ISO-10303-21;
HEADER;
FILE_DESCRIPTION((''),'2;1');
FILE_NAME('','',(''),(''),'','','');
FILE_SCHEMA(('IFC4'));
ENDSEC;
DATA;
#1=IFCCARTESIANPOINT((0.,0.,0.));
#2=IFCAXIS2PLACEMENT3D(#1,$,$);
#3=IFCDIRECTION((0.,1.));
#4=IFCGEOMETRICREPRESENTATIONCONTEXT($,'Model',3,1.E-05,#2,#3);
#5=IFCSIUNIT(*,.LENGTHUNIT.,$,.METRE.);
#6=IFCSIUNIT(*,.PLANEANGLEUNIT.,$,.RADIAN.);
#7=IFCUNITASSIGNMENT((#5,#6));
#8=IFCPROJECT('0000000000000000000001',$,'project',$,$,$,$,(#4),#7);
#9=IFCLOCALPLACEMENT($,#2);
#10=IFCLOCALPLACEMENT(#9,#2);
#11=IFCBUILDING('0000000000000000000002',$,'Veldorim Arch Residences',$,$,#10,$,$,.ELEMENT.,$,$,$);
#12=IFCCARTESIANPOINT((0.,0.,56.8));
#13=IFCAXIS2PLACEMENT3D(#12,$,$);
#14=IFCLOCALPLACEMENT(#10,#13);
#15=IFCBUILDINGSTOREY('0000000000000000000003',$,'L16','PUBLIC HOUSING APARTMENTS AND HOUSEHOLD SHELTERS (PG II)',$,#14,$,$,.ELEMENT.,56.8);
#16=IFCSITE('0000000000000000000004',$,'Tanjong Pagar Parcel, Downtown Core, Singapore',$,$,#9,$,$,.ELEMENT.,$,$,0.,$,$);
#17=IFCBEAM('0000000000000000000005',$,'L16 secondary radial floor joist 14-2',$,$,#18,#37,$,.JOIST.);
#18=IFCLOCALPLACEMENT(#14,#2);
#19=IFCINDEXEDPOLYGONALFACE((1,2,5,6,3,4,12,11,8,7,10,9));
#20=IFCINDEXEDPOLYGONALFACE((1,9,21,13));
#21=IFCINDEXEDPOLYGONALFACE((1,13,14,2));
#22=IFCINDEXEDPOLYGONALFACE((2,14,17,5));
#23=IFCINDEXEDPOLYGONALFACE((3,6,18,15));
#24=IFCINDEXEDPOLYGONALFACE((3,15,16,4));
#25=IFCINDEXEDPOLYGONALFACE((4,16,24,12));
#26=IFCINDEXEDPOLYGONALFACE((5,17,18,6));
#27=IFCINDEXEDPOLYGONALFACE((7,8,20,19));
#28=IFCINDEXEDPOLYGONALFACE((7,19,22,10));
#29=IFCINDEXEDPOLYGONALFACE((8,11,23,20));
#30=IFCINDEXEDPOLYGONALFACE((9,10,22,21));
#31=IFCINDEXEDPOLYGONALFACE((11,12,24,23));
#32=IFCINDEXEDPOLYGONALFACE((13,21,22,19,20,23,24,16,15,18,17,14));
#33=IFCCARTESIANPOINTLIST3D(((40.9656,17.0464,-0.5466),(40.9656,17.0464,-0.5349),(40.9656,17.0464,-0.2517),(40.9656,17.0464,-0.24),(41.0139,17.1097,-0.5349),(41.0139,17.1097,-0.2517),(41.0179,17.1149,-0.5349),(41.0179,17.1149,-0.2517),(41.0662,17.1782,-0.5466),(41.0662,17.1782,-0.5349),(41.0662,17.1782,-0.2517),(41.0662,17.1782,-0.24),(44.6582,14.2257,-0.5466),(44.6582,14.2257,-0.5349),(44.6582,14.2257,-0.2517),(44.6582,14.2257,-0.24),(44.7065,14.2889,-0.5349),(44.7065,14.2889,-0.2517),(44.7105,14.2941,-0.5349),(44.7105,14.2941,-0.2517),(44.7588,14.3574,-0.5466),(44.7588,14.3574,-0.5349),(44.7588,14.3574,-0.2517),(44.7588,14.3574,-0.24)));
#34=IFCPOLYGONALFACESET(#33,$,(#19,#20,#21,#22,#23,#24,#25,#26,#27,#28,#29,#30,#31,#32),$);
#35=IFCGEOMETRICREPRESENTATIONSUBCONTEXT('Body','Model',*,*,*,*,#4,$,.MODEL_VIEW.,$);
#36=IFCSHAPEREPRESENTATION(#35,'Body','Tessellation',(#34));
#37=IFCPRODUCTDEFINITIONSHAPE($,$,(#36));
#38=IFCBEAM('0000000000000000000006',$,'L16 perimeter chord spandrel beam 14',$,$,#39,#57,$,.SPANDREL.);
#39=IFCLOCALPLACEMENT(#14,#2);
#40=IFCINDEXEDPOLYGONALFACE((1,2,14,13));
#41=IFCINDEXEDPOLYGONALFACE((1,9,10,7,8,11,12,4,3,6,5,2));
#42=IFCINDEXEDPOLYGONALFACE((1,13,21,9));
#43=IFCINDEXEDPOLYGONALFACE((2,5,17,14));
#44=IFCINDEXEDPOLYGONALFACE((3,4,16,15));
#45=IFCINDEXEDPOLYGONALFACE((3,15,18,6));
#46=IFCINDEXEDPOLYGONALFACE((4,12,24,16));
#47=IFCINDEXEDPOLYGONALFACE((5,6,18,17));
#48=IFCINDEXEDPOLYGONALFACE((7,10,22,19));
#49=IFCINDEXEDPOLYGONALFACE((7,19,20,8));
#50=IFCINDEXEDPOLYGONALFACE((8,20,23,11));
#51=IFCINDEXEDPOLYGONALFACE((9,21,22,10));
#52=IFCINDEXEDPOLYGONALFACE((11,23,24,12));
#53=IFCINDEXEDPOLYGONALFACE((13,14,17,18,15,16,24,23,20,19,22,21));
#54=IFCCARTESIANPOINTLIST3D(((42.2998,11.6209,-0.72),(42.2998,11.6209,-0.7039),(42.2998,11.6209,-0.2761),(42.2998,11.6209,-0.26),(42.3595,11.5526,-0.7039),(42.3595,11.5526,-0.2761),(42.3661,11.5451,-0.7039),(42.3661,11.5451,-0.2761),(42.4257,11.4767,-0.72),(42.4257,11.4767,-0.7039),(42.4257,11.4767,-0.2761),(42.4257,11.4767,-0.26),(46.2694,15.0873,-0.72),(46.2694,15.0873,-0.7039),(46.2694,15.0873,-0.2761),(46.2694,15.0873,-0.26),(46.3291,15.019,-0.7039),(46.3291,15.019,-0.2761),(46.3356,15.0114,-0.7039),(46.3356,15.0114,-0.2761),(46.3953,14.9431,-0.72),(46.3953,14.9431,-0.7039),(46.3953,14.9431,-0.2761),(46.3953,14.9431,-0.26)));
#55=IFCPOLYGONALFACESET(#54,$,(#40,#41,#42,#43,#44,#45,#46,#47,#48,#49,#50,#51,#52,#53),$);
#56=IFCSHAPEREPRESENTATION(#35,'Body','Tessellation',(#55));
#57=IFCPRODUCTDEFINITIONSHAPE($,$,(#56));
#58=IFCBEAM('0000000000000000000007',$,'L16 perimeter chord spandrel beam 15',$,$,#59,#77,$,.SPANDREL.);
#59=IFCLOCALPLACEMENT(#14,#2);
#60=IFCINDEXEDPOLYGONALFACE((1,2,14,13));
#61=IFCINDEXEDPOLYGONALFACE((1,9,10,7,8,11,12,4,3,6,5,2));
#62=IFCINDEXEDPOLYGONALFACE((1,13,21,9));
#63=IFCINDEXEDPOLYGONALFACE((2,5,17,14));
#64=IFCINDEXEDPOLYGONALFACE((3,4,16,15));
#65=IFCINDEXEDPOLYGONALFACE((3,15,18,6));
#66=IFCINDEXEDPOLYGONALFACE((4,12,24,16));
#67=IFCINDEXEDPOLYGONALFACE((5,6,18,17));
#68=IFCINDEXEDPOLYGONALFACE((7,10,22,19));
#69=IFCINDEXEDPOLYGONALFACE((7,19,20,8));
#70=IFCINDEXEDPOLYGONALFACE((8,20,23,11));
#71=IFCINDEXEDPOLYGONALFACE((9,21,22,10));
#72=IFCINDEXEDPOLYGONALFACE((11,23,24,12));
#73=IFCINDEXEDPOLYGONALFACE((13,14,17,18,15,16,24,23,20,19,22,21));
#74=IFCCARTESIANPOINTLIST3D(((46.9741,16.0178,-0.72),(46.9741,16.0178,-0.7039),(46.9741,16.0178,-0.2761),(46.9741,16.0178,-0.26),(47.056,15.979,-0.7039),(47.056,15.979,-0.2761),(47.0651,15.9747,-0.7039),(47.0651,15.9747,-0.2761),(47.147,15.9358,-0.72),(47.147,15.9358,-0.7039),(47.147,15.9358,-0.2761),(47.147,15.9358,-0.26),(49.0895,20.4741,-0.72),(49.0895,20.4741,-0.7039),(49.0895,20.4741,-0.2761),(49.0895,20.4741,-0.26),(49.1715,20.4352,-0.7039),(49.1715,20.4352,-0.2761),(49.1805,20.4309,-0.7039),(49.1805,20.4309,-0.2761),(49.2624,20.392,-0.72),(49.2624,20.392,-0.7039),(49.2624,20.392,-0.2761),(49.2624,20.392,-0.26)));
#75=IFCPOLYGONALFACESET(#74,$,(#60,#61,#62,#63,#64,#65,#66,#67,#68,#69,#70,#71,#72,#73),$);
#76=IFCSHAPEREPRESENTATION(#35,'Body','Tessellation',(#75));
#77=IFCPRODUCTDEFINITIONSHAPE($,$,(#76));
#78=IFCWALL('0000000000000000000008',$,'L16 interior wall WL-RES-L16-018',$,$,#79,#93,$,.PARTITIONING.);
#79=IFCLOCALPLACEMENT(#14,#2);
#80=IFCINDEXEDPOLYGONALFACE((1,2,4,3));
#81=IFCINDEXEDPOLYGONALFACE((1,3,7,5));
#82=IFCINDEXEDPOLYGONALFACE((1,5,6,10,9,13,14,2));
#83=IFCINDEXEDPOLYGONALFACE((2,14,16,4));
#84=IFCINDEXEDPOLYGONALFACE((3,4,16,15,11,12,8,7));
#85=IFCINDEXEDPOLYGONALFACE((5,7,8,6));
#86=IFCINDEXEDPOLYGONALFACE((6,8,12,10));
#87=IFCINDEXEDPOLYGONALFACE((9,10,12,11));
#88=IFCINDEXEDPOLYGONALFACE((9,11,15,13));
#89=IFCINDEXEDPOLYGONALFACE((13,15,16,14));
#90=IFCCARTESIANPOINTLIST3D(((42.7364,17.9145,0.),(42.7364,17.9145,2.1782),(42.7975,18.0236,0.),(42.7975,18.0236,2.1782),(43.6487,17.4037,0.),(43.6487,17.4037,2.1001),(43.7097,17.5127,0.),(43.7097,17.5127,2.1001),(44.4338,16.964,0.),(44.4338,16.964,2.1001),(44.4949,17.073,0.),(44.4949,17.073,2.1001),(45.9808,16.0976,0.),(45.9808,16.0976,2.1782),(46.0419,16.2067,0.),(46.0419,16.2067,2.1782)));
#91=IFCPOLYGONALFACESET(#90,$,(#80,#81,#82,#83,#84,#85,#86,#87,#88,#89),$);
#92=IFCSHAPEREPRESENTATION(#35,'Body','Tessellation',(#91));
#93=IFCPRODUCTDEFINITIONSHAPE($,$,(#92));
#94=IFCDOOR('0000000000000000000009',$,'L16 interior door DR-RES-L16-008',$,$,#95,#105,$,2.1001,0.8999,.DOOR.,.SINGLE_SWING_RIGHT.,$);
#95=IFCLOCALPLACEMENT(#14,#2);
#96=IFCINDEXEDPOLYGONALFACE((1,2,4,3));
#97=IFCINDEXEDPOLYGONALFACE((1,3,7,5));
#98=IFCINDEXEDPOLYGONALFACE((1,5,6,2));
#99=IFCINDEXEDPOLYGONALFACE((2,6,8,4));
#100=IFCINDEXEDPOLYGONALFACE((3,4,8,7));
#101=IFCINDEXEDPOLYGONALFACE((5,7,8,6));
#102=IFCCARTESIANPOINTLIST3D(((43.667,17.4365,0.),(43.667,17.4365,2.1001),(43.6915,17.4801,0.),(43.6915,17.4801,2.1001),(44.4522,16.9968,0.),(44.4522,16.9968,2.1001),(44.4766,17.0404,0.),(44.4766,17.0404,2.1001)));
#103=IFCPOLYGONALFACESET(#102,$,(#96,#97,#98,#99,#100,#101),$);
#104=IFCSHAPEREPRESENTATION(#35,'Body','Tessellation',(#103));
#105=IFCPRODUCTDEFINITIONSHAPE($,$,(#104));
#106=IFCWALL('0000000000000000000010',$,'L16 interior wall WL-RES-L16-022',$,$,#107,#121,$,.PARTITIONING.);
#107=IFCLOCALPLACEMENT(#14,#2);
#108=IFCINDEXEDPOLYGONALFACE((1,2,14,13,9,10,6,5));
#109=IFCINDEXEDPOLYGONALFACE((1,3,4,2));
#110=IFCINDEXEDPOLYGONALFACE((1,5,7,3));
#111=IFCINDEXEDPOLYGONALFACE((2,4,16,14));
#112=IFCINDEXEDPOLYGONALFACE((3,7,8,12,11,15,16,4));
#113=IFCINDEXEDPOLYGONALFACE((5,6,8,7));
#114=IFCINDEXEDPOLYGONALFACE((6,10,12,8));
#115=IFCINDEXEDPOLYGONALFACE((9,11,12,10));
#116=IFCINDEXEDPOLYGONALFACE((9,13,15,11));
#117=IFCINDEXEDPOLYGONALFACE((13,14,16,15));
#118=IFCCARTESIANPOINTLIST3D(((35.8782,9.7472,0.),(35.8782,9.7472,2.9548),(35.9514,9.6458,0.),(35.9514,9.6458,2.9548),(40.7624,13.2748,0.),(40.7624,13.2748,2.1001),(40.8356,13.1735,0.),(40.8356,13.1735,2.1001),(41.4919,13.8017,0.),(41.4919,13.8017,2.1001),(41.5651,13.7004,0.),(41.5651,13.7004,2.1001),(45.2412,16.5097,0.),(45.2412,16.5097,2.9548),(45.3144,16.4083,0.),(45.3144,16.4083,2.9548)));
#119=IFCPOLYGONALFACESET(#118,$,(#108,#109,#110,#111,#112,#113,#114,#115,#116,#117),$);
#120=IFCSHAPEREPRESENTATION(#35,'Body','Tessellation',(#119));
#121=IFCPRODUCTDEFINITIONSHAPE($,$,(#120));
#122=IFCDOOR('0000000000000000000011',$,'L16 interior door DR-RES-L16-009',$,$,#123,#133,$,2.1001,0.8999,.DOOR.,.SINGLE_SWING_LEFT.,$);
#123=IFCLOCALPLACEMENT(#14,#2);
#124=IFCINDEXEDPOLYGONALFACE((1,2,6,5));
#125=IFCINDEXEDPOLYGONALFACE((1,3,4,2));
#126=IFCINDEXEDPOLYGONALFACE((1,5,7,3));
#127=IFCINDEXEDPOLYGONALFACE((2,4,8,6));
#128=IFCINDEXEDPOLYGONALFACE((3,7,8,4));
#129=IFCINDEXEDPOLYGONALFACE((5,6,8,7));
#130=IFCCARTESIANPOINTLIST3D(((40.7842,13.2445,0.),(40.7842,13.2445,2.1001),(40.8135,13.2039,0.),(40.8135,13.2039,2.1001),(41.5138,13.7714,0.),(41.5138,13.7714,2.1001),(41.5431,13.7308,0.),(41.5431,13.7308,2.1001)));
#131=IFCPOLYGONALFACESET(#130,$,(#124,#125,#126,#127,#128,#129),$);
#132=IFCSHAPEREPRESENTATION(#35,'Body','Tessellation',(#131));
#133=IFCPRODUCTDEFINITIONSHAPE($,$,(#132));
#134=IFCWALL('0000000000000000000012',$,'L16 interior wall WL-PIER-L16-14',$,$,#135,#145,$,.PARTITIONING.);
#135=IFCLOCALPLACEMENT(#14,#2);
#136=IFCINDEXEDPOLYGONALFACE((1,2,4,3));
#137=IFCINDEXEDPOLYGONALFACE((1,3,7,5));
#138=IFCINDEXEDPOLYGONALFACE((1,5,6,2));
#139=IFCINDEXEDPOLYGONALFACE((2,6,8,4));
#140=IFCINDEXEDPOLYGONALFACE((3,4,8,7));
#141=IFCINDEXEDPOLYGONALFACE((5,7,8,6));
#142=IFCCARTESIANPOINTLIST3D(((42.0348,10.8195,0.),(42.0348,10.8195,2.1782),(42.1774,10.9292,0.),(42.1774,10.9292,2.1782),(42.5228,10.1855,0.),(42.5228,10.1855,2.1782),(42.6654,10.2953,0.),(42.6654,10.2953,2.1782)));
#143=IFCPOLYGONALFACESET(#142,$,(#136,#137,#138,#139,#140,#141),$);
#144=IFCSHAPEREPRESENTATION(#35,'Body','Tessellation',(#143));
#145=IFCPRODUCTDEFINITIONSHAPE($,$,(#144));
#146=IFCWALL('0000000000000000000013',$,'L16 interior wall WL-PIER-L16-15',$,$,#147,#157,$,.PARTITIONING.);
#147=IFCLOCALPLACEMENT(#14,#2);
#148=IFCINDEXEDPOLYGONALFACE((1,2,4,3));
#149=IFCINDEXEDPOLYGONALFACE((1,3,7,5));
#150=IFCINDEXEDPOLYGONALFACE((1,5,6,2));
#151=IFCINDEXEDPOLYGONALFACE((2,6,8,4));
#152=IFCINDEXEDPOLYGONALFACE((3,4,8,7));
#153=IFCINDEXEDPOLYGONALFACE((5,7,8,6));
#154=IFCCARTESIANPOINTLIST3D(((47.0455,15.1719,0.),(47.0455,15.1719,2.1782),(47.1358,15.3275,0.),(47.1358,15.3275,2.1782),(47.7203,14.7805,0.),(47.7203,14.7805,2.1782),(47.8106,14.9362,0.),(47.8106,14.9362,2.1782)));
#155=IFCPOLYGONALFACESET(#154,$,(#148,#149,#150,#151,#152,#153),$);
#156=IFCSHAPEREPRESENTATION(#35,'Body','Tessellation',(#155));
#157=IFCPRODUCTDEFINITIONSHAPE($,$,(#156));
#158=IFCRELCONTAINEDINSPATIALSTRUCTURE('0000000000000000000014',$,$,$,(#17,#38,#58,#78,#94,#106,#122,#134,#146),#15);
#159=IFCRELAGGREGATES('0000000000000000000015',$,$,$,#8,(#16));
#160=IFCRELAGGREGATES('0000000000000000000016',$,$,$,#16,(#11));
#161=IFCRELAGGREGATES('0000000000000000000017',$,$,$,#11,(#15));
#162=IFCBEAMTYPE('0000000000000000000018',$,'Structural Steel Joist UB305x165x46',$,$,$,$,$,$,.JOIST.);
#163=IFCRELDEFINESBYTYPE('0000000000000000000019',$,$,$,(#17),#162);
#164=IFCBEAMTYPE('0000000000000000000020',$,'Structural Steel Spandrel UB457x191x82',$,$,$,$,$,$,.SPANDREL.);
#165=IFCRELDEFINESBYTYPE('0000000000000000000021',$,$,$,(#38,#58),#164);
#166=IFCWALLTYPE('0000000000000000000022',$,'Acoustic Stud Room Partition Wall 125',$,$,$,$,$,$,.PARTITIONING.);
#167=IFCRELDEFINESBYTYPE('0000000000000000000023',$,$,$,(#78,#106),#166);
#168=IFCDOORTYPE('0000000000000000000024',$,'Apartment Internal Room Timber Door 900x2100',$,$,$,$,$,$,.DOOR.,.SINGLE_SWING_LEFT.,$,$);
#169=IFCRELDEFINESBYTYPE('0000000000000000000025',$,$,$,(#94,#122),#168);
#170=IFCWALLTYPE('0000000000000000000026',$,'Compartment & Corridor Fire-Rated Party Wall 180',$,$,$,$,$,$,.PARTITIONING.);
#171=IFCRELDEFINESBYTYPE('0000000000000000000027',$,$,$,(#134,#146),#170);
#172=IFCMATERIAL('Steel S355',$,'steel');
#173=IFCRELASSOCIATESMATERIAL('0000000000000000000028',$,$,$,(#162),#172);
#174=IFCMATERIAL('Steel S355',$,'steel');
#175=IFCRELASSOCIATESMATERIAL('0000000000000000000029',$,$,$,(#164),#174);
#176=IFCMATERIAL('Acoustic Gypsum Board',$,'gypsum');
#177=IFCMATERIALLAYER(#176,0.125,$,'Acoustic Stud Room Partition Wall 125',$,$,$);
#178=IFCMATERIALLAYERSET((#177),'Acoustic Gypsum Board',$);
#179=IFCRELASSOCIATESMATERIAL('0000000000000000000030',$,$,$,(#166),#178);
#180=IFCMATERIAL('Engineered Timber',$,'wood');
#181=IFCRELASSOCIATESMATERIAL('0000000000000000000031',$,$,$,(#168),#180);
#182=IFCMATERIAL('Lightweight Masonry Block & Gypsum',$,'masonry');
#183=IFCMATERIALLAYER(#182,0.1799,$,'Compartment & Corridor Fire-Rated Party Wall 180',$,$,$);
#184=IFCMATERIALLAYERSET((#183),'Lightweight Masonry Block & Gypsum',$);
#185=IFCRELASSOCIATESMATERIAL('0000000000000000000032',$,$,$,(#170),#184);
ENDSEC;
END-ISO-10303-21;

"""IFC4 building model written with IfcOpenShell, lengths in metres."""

from ifc_helpers import new_model, si_unit, direction, frame, frame_2d, origin, origin_2d, place, context, subcontext, project, spatial, rectangle, i_section, extrude, material, layer, layer_set, material_profile, profile_set, type_object, element, fill, save


model = new_model("IFC4")

# Units and contexts
model_context = context("Model", 3, precision=1e-05, world=origin(), true_north=direction((0.0, 1.0)))
body_context = subcontext(model_context, "Body", "Model", "MODEL_VIEW")
ifc_project = project(units=[si_unit("LENGTHUNIT", "METRE"), si_unit("PLANEANGLEUNIT", "RADIAN")], contexts=[model_context])

# Site, building, storey
site_placement = place(None, origin())
site = spatial("IfcSite", under=ifc_project, at=site_placement, Name="Tanjong Pagar Parcel, Downtown Core, Singapore", CompositionType="ELEMENT", RefElevation=0.0)
building_placement = place(site_placement, origin())
building = spatial("IfcBuilding", under=site, at=building_placement, Name="Veldorim Arch Residences", CompositionType="ELEMENT")
storey_placement = place(building_placement, frame((0.0, 0.0, 56.8)))
storey = spatial("IfcBuildingStorey", under=building, at=storey_placement, Name="L16", Description="PUBLIC HOUSING APARTMENTS AND HOUSEHOLD SHELTERS (PG II)", CompositionType="ELEMENT", Elevation=56.8)

# Beams
ifc_material_1 = material(Name="Steel S355", Category="steel")
ifc_material_profile_1 = material_profile(ifc_material_1, i_section(OverallWidth=0.1658, OverallDepth=0.3066, WebThickness=0.0066, FlangeThickness=0.0117, at=origin_2d()), Name="UB305x165x46")
ifc_profile_set_1 = profile_set([ifc_material_profile_1], Name="Steel S355")
beam_type_1 = type_object("IfcBeamType", Name="Structural Steel Joist UB305x165x46", PredefinedType="JOIST", material=ifc_profile_set_1)
beam_1_placement = place(storey_placement, frame((41.0159, 17.1123, -0.3933), z_axis=(0.794666, -0.607046, 0.0), x_axis=(0.607046, 0.794666, 0.0)))
element("IfcBeam", 1, at=beam_1_placement, inside=storey, type_object=beam_type_1, Name="L16 secondary radial floor joist 14-2", PredefinedType="JOIST", context=body_context, shape_type="SweptSolid", body=[
    extrude(i_section(OverallWidth=0.1658, OverallDepth=0.3066, WebThickness=0.0066, FlangeThickness=0.0117, at=origin_2d()), origin(), (0.0, 0.0, 1.0), 4.6467),
])
ifc_material_2 = material(Name="Steel S355", Category="steel")
ifc_material_profile_2 = material_profile(ifc_material_2, i_section(OverallWidth=0.1914, OverallDepth=0.46, WebThickness=0.01, FlangeThickness=0.0161, at=origin_2d()), Name="UB457x191x82")
ifc_profile_set_2 = profile_set([ifc_material_profile_2], Name="Steel S355")
beam_type_2 = type_object("IfcBeamType", Name="Structural Steel Spandrel UB457x191x82", PredefinedType="SPANDREL", material=ifc_profile_set_2)
beam_2_placement = place(storey_placement, frame((42.3628, 11.5488, -0.49), z_axis=(0.753234, 0.657753, 0.0), x_axis=(-0.657753, 0.753234, 0.0)))
element("IfcBeam", 2, at=beam_2_placement, inside=storey, type_object=beam_type_2, Name="L16 perimeter chord spandrel beam 14", PredefinedType="SPANDREL", context=body_context, shape_type="SweptSolid", body=[
    extrude(i_section(OverallWidth=0.1914, OverallDepth=0.46, WebThickness=0.01, FlangeThickness=0.0161, at=origin_2d()), origin(), (0.0, 0.0, 1.0), 5.27),
])
beam_3_placement = place(storey_placement, frame((47.0605, 15.9768, -0.49), z_axis=(0.428848, 0.903377, 0.0), x_axis=(-0.903377, 0.428848, 0.0)))
element("IfcBeam", 3, at=beam_3_placement, inside=storey, type_object=beam_type_2, Name="L16 perimeter chord spandrel beam 15", PredefinedType="SPANDREL", context=body_context, shape_type="SweptSolid", body=[
    extrude(i_section(OverallWidth=0.1914, OverallDepth=0.46, WebThickness=0.01, FlangeThickness=0.0161, at=origin_2d()), origin(), (0.0, 0.0, 1.0), 4.9329),
])

# Walls, openings, doors
ifc_material_3 = material(Name="Acoustic Gypsum Board", Category="gypsum")
ifc_layer_1 = layer(ifc_material_3, 0.125, Name="Acoustic Stud Room Partition Wall 125")
ifc_layer_set_1 = layer_set([ifc_layer_1], Name="Acoustic Gypsum Board")
wall_type_1 = type_object("IfcWallType", Name="Acoustic Stud Room Partition Wall 125", PredefinedType="PARTITIONING", material=ifc_layer_set_1)
wall_1_placement = place(storey_placement, frame((46.0115, 16.1521, 0.0), z_axis=(0.0, 0.0, 1.0), x_axis=(-0.872502, 0.488611, 0.0)))
wall_1 = element("IfcWall", 4, at=wall_1_placement, inside=storey, type_object=wall_type_1, Name="L16 interior wall WL-RES-L16-018", PredefinedType="PARTITIONING", context=body_context, shape_type="SweptSolid", body=[
    extrude(rectangle(XDim=3.7185, YDim=0.125, at=frame_2d((1.8594, 0.0))), origin(), (0.0, 0.0, 1.0), 2.1782),
])
opening_1_placement = place(wall_1_placement, frame((1.7732, 0.0, 0.0)))
opening_1 = element("IfcOpeningElement", 5, at=opening_1_placement, cuts=wall_1, PredefinedType="OPENING", context=body_context, shape_type="SweptSolid", body=[
    extrude(rectangle(XDim=0.8999, YDim=2.1001, at=frame_2d((0.45, 1.05))), frame((0.0, 0.0725, 0.0), z_axis=(0.0, -1.0, 0.0), x_axis=(1.0, 0.0, 0.0)), (0.0, 0.0, 1.0), 0.145),
])
ifc_material_4 = material(Name="Engineered Timber", Category="wood")
door_type_1 = type_object("IfcDoorType", Name="Apartment Internal Room Timber Door 900x2100", OperationType="SINGLE_SWING_LEFT", PredefinedType="DOOR", material=ifc_material_4)
door_1_placement = place(opening_1_placement, origin())
door_1 = element("IfcDoor", 6, at=door_1_placement, inside=storey, type_object=door_type_1, Name="L16 interior door DR-RES-L16-008", OperationType="SINGLE_SWING_RIGHT", OverallHeight=2.1001, OverallWidth=0.8999, PredefinedType="DOOR", context=body_context, shape_type="SweptSolid", body=[
    extrude(rectangle(XDim=0.8999, YDim=2.1001, at=frame_2d((0.45, 1.05))), frame((0.0, 0.0249, 0.0), z_axis=(0.0, -1.0, 0.0), x_axis=(1.0, 0.0, 0.0)), (0.0, 0.0, 1.0), 0.05),
])
fill(opening_1, door_1)
wall_2_placement = place(storey_placement, frame((45.2778, 16.459, 0.0), z_axis=(0.0, 0.0, 1.0), x_axis=(-0.810669, -0.585505, 0.0)))
wall_2 = element("IfcWall", 7, at=wall_2_placement, inside=storey, type_object=wall_type_1, Name="L16 interior wall WL-RES-L16-022", PredefinedType="PARTITIONING", context=body_context, shape_type="SweptSolid", body=[
    extrude(rectangle(XDim=11.5498, YDim=0.125, at=frame_2d((5.7749, 0.0))), origin(), (0.0, 0.0, 1.0), 2.9548),
])
opening_2_placement = place(wall_2_placement, frame((4.625, 0.0, 0.0)))
opening_2 = element("IfcOpeningElement", 8, at=opening_2_placement, cuts=wall_2, PredefinedType="OPENING", context=body_context, shape_type="SweptSolid", body=[
    extrude(rectangle(XDim=0.8999, YDim=2.1001, at=frame_2d((0.45, 1.05))), frame((0.0, 0.0725, 0.0), z_axis=(0.0, -1.0, 0.0), x_axis=(1.0, 0.0, 0.0)), (0.0, 0.0, 1.0), 0.145),
])
door_2_placement = place(opening_2_placement, origin())
door_2 = element("IfcDoor", 9, at=door_2_placement, inside=storey, type_object=door_type_1, Name="L16 interior door DR-RES-L16-009", OperationType="SINGLE_SWING_LEFT", OverallHeight=2.1001, OverallWidth=0.8999, PredefinedType="DOOR", context=body_context, shape_type="SweptSolid", body=[
    extrude(rectangle(XDim=0.8999, YDim=2.1001, at=frame_2d((0.45, 1.05))), frame((0.0, 0.0249, 0.0), z_axis=(0.0, -1.0, 0.0), x_axis=(1.0, 0.0, 0.0)), (0.0, 0.0, 1.0), 0.05),
])
fill(opening_2, door_2)

# Walls
ifc_material_5 = material(Name="Lightweight Masonry Block & Gypsum", Category="masonry")
ifc_layer_2 = layer(ifc_material_5, 0.1799, Name="Compartment & Corridor Fire-Rated Party Wall 180")
ifc_layer_set_2 = layer_set([ifc_layer_2], Name="Lightweight Masonry Block & Gypsum")
wall_type_2 = type_object("IfcWallType", Name="Compartment & Corridor Fire-Rated Party Wall 180", PredefinedType="PARTITIONING", material=ifc_layer_set_2)
wall_3_placement = place(storey_placement, frame((42.1062, 10.8743, 0.0), z_axis=(0.0, 0.0, 1.0), x_axis=(0.609961, -0.792431, 0.0)))
element("IfcWall", 10, at=wall_3_placement, inside=storey, type_object=wall_type_2, Name="L16 interior wall WL-PIER-L16-14", PredefinedType="PARTITIONING", context=body_context, shape_type="SweptSolid", body=[
    extrude(rectangle(XDim=0.8, YDim=0.1799, at=frame_2d((0.3999, 0.0))), origin(), (0.0, 0.0, 1.0), 2.1782),
])
wall_4_placement = place(storey_placement, frame((47.0906, 15.2498, 0.0), z_axis=(0.0, 0.0, 1.0), x_axis=(0.865047, -0.50169, 0.0)))
element("IfcWall", 11, at=wall_4_placement, inside=storey, type_object=wall_type_2, Name="L16 interior wall WL-PIER-L16-15", PredefinedType="PARTITIONING", context=body_context, shape_type="SweptSolid", body=[
    extrude(rectangle(XDim=0.78, YDim=0.1799, at=frame_2d((0.3901, 0.0))), origin(), (0.0, 0.0, 1.0), 2.1782),
])

save(model, "model.ifc")
